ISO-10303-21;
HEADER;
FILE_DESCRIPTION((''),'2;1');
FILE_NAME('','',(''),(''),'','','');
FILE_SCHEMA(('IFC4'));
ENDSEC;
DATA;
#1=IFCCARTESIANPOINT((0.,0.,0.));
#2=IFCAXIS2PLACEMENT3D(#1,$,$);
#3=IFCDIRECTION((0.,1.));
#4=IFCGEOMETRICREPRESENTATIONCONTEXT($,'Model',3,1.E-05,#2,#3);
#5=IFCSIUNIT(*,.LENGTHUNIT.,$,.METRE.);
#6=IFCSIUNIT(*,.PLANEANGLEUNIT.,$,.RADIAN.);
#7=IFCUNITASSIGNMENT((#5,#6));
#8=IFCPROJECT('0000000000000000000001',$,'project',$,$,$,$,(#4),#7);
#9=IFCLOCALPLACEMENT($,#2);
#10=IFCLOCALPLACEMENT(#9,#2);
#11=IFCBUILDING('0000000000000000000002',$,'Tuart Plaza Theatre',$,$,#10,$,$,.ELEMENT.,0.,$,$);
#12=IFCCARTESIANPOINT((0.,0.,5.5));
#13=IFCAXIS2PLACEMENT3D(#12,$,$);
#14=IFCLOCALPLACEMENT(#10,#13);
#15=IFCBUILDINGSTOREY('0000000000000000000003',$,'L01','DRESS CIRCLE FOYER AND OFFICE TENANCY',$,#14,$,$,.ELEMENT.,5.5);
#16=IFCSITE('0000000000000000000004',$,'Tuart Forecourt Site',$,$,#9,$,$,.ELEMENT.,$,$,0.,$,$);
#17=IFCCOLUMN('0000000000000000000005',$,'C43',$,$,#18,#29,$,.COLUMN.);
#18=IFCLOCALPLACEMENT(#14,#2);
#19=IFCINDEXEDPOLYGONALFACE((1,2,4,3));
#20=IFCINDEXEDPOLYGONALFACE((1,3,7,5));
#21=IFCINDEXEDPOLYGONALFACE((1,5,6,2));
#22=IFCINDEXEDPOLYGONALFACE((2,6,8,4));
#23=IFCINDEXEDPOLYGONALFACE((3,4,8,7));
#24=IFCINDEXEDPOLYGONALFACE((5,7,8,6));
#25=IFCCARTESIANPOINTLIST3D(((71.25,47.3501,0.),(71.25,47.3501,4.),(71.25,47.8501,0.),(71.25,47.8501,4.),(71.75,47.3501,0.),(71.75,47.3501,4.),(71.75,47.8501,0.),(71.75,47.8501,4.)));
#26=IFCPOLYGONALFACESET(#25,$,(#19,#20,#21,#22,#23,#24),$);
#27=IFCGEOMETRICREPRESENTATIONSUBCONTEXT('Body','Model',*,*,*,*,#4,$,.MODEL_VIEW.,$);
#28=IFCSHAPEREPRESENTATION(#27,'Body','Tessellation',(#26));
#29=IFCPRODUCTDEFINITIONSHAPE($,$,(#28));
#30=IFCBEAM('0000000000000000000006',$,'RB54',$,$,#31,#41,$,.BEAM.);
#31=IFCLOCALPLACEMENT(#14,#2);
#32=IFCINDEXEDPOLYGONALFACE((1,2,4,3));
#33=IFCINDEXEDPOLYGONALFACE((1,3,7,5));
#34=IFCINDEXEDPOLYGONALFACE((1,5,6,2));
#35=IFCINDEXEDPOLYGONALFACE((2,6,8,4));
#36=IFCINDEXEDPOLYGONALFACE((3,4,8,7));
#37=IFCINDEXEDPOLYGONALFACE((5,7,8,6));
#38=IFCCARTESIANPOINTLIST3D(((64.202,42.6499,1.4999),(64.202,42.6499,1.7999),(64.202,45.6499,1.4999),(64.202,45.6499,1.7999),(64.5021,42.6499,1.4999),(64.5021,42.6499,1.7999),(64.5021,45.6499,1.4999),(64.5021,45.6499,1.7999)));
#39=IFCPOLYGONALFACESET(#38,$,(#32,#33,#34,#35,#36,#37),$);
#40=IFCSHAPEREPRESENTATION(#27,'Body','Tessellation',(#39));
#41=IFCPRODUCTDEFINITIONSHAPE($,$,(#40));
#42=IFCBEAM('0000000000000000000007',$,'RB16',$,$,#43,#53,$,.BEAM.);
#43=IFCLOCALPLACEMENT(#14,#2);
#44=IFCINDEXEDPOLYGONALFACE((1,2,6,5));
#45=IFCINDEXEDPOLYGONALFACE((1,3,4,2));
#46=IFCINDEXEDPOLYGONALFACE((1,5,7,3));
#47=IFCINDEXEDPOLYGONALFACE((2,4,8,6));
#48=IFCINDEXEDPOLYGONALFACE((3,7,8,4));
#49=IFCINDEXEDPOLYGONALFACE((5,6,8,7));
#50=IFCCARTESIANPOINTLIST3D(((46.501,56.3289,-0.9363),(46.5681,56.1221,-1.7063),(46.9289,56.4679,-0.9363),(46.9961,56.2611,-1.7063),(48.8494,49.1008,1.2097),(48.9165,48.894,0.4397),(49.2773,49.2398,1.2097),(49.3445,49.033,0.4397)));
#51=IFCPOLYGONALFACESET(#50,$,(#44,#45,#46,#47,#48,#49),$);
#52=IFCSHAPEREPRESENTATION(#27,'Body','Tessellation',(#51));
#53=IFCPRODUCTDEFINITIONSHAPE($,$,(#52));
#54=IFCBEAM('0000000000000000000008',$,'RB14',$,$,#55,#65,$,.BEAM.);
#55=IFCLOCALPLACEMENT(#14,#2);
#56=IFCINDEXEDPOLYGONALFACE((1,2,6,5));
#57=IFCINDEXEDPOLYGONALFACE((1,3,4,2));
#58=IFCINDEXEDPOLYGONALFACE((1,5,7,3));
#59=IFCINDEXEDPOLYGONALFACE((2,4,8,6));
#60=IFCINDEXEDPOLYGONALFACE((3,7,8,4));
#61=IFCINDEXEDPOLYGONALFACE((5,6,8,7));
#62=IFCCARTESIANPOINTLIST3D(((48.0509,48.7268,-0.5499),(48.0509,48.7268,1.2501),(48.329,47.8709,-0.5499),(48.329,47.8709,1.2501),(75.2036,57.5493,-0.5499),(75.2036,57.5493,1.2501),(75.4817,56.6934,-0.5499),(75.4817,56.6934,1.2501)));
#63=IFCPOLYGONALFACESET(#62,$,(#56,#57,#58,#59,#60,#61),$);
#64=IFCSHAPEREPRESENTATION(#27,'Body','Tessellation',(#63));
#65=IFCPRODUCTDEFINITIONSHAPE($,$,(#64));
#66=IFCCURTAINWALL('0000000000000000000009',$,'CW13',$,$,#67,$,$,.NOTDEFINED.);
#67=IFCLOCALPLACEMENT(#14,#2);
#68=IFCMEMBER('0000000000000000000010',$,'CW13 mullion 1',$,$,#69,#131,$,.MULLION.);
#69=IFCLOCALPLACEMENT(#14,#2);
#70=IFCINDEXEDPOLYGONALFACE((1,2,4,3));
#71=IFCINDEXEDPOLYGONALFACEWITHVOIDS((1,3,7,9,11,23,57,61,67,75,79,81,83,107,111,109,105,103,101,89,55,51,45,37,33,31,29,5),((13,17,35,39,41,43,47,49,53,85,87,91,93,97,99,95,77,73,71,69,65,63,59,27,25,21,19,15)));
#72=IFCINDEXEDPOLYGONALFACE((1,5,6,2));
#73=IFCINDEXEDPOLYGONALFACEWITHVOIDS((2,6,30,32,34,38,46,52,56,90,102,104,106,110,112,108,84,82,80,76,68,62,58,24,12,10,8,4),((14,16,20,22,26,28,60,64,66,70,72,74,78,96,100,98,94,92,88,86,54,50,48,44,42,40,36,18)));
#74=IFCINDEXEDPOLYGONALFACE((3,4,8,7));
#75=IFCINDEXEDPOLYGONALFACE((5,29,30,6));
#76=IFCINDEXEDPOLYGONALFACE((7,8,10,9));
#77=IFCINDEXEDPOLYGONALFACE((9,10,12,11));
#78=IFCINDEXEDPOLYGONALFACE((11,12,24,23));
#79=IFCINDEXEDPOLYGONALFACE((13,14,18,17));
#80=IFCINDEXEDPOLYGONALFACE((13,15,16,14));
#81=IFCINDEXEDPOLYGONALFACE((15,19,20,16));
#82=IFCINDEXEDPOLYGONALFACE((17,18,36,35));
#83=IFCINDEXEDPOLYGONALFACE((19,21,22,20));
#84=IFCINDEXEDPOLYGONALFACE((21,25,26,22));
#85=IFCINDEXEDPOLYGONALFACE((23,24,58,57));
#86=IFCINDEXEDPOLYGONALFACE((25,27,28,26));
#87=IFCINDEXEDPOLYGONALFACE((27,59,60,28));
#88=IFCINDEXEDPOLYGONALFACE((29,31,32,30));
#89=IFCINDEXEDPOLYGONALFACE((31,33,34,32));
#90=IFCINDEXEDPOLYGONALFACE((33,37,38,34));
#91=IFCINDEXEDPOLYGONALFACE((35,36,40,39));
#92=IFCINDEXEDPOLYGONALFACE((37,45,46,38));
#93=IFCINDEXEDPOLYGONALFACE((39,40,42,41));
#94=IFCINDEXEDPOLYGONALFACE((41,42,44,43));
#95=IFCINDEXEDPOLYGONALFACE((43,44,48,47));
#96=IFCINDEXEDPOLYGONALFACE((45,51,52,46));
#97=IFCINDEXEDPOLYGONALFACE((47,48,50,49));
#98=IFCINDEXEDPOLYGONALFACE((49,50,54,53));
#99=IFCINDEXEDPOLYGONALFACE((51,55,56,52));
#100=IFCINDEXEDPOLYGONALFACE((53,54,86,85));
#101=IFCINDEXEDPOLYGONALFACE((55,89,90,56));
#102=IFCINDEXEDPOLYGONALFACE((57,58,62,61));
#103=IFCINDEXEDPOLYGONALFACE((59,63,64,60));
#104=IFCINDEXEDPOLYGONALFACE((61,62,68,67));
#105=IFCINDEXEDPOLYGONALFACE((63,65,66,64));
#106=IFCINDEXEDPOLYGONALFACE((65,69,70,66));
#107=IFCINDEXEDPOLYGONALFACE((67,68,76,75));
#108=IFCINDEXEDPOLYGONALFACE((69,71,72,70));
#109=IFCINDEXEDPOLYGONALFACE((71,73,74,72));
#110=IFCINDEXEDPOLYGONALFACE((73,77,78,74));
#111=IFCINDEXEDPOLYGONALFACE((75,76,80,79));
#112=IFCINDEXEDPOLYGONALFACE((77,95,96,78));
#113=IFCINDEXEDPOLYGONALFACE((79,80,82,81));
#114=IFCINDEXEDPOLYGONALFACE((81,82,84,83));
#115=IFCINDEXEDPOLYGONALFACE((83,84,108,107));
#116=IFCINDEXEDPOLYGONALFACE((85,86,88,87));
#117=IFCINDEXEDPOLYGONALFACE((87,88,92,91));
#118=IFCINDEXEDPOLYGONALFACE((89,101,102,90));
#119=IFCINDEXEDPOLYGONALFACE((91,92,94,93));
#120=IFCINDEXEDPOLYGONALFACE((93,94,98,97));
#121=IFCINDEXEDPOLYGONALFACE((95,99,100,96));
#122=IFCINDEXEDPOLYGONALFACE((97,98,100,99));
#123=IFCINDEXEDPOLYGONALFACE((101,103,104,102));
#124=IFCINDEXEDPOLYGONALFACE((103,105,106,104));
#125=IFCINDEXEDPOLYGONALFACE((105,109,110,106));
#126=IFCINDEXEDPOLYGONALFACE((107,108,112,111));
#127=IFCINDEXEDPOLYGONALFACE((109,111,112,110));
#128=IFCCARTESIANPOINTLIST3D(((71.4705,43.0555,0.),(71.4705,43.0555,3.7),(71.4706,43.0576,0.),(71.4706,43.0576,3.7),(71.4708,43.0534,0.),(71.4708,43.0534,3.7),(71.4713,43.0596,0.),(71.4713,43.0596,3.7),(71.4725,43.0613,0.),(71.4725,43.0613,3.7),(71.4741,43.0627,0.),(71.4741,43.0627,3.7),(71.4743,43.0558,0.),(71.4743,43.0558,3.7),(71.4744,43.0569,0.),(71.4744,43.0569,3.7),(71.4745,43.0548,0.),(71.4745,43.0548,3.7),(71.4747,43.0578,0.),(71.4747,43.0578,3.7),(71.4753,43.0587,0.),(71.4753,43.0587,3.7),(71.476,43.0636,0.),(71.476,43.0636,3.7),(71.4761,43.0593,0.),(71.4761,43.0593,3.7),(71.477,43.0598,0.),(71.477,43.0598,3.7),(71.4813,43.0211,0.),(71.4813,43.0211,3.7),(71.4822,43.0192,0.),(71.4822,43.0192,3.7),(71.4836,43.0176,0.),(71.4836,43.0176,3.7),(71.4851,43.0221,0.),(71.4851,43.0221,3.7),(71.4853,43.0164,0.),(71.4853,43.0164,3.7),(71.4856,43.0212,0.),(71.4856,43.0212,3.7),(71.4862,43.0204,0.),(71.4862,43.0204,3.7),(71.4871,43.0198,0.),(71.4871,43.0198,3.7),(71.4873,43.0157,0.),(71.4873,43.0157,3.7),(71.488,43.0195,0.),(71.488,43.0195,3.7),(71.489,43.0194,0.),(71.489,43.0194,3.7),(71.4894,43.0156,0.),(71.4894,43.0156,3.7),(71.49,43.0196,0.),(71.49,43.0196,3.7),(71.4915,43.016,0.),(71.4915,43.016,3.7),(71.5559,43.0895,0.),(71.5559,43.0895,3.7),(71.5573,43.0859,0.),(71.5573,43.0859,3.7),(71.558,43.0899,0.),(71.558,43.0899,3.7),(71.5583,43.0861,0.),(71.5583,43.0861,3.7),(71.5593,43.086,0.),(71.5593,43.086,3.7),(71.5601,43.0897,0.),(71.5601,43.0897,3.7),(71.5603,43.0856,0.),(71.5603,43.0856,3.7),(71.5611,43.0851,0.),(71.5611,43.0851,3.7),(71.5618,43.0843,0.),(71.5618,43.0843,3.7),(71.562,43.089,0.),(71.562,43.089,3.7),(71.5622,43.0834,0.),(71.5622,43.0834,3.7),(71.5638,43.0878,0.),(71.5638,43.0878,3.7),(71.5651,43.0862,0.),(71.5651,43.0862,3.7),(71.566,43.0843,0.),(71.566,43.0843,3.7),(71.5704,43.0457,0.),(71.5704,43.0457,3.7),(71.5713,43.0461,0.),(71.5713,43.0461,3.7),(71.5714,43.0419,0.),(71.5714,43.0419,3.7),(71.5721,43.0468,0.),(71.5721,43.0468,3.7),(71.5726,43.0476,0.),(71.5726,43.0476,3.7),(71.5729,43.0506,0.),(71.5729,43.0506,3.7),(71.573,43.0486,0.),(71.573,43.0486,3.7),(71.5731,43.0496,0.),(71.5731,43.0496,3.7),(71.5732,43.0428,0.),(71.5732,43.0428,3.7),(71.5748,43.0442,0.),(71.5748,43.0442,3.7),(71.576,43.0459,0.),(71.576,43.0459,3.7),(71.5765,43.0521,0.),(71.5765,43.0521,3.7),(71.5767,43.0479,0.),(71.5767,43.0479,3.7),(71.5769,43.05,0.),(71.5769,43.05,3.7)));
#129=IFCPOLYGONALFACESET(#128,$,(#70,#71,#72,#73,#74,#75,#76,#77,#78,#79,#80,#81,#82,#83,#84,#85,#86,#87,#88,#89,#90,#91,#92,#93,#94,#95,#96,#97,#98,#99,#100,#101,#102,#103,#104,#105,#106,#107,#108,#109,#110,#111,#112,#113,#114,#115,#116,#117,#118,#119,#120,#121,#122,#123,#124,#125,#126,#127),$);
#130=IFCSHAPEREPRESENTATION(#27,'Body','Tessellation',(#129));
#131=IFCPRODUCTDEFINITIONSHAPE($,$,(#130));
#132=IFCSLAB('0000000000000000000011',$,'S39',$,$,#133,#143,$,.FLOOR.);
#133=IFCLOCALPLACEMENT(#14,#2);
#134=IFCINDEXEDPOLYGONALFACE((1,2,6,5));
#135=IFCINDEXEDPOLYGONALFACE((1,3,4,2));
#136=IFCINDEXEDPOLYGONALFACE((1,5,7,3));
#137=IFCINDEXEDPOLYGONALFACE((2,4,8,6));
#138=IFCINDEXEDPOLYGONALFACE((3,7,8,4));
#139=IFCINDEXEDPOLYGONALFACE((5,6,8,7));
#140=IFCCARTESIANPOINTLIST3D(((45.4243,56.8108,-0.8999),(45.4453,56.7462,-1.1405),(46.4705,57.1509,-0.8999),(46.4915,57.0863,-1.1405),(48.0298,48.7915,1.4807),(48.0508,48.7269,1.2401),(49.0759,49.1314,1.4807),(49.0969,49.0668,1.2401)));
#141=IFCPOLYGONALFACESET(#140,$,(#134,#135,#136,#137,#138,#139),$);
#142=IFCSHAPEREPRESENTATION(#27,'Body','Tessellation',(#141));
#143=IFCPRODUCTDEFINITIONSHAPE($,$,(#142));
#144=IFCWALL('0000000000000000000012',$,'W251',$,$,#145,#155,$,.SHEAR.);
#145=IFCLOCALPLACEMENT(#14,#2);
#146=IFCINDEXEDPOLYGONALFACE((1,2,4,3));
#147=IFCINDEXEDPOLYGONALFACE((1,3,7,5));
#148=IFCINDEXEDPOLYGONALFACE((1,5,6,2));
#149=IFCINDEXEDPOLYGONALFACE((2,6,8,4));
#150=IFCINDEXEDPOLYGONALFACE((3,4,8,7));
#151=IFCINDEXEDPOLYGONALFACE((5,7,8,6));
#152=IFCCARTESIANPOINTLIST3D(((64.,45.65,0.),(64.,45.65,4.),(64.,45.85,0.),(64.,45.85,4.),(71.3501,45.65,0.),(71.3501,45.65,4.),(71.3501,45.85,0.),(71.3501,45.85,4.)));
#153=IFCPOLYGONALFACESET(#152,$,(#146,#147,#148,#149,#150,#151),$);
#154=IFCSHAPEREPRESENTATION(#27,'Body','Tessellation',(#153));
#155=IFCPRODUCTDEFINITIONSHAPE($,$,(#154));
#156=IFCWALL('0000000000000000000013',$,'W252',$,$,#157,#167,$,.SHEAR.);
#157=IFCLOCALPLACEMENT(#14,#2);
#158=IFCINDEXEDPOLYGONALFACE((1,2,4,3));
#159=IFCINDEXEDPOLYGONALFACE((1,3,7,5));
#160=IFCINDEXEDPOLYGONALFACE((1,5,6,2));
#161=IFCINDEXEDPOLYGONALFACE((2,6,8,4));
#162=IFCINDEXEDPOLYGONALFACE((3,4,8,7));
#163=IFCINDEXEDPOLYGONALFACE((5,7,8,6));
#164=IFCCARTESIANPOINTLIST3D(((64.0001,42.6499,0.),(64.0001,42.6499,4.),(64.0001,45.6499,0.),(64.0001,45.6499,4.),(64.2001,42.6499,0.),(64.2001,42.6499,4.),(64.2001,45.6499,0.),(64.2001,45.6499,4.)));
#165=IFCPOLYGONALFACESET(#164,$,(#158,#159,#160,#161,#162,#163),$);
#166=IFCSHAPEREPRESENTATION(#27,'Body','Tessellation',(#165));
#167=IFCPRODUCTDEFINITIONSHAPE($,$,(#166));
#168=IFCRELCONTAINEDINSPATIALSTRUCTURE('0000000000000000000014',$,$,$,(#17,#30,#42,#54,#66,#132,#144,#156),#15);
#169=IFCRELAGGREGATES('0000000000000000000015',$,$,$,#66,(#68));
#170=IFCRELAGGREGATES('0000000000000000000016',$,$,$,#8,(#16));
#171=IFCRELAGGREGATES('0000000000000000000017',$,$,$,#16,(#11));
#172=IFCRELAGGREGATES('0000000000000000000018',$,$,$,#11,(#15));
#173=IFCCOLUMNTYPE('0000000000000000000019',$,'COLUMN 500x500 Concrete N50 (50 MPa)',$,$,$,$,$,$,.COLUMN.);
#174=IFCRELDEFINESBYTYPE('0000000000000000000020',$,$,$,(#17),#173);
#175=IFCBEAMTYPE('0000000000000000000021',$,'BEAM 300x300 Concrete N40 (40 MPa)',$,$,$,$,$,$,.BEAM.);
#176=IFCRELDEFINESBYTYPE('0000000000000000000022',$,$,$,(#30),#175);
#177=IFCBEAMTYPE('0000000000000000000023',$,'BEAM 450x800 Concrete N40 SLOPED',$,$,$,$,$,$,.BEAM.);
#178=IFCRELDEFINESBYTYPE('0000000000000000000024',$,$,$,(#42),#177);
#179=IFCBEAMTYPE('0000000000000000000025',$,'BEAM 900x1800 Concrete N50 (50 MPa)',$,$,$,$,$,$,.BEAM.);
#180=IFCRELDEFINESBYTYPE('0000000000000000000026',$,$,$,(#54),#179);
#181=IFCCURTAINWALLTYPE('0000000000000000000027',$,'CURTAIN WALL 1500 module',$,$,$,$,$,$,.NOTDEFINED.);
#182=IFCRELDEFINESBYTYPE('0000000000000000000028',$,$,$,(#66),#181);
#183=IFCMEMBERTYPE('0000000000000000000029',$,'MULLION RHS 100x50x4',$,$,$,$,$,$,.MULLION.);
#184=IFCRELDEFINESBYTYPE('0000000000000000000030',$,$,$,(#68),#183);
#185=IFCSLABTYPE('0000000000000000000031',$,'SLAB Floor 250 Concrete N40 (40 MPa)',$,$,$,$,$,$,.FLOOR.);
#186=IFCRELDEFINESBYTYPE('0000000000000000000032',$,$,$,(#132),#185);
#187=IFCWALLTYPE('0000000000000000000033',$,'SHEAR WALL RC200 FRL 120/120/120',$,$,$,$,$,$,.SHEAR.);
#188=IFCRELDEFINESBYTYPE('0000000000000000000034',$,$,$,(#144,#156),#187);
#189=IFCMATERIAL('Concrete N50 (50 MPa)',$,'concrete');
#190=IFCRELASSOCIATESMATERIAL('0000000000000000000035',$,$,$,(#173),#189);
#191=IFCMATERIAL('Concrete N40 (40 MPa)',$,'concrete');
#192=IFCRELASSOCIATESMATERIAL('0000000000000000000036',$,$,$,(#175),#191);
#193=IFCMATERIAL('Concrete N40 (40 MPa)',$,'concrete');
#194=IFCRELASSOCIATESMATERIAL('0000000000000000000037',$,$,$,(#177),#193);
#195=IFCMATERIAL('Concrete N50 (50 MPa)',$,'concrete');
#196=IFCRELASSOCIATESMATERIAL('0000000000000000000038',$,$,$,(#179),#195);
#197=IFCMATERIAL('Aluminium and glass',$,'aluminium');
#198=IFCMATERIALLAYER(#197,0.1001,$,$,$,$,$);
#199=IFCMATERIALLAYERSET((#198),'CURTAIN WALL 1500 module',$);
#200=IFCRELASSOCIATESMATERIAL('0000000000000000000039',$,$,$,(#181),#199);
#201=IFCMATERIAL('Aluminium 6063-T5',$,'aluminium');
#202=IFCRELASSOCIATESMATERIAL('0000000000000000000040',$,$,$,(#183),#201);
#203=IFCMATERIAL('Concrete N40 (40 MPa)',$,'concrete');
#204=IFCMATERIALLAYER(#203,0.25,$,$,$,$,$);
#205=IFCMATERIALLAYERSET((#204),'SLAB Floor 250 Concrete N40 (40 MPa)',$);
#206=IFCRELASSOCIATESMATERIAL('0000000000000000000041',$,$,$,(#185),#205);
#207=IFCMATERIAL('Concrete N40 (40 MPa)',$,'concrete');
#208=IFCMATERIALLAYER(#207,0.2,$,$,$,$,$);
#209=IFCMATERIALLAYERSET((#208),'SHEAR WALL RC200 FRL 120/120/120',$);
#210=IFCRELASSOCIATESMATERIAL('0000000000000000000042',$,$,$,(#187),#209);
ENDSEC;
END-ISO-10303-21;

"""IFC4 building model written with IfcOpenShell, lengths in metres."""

from ifc_helpers import new_model, si_unit, direction, frame, frame_2d, origin, origin_2d, place, context, subcontext, project, spatial, polyline, rectangle, hollow_rectangle, outline, extrude, material, layer, layer_set, material_profile, profile_set, type_object, element, aggregate, save


model = new_model("IFC4")

# Units and contexts
model_context = context("Model", 3, precision=1e-05, world=origin(), true_north=direction((0.0, 1.0)))
body_context = subcontext(model_context, "Body", "Model", "MODEL_VIEW")
ifc_project = project(units=[si_unit("LENGTHUNIT", "METRE"), si_unit("PLANEANGLEUNIT", "RADIAN")], contexts=[model_context])

# Site, building, storey
site_placement = place(None, origin())
site = spatial("IfcSite", under=ifc_project, at=site_placement, Name="Tuart Forecourt Site", CompositionType="ELEMENT", RefElevation=0.0)
building_placement = place(site_placement, origin())
building = spatial("IfcBuilding", under=site, at=building_placement, Name="Tuart Plaza Theatre", CompositionType="ELEMENT", ElevationOfRefHeight=0.0)
storey_placement = place(building_placement, frame((0.0, 0.0, 5.5)))
storey = spatial("IfcBuildingStorey", under=building, at=storey_placement, Name="L01", Description="DRESS CIRCLE FOYER AND OFFICE TENANCY", CompositionType="ELEMENT", Elevation=5.5)

# Column
ifc_material_1 = material(Name="Concrete N50 (50 MPa)", Category="concrete")
ifc_material_profile_1 = material_profile(ifc_material_1, rectangle(XDim=0.5, YDim=0.5, at=origin_2d()), Name="COLUMN 500x500 Concrete N50 (50 MPa)")
ifc_profile_set_1 = profile_set([ifc_material_profile_1], Name="Concrete N50 (50 MPa)")
column_type = type_object("IfcColumnType", Name="COLUMN 500x500 Concrete N50 (50 MPa)", PredefinedType="COLUMN", material=ifc_profile_set_1)
column_placement = place(storey_placement, frame((71.5, 47.6001, 0.0), z_axis=(0.0, 0.0, 1.0), x_axis=(1.0, 0.0, 0.0)))
element("IfcColumn", 1, at=column_placement, inside=storey, type_object=column_type, Name="C43", PredefinedType="COLUMN", context=body_context, shape_type="SweptSolid", body=[
    extrude(rectangle(XDim=0.5, YDim=0.5, at=origin_2d()), origin(), (0.0, 0.0, 1.0), 4.0),
])

# Beams
ifc_material_2 = material(Name="Concrete N40 (40 MPa)", Category="concrete")
ifc_material_profile_2 = material_profile(ifc_material_2, rectangle(XDim=0.3, YDim=0.3, at=origin_2d()), Name="BEAM 300x300 Concrete N40 (40 MPa)")
ifc_profile_set_2 = profile_set([ifc_material_profile_2], Name="Concrete N40 (40 MPa)")
beam_type_1 = type_object("IfcBeamType", Name="BEAM 300x300 Concrete N40 (40 MPa)", PredefinedType="BEAM", material=ifc_profile_set_2)
beam_1_placement = place(storey_placement, frame((64.3521, 45.6499, 1.6499), z_axis=(0.0, -1.0, 0.0), x_axis=(1.0, 0.0, 0.0)))
element("IfcBeam", 2, at=beam_1_placement, inside=storey, type_object=beam_type_1, Name="RB54", PredefinedType="BEAM", context=body_context, shape_type="SweptSolid", body=[
    extrude(rectangle(XDim=0.3, YDim=0.3, at=origin_2d()), origin(), (0.0, 0.0, 1.0), 3.0),
])
ifc_material_3 = material(Name="Concrete N40 (40 MPa)", Category="concrete")
ifc_material_profile_3 = material_profile(ifc_material_3, rectangle(XDim=0.45, YDim=0.8, at=origin_2d()), Name="BEAM 450x800 Concrete N40 SLOPED")
ifc_profile_set_3 = profile_set([ifc_material_profile_3], Name="Concrete N40 (40 MPa)")
beam_type_2 = type_object("IfcBeamType", Name="BEAM 450x800 Concrete N40 SLOPED", PredefinedType="BEAM", material=ifc_profile_set_3)
beam_2_placement = place(storey_placement, frame((49.0969, 49.0669, 0.8247), z_axis=(-0.297373, 0.915273, -0.271744), x_axis=(-0.951062, -0.309, 0.0)))
element("IfcBeam", 3, at=beam_2_placement, inside=storey, type_object=beam_type_2, Name="RB16", PredefinedType="BEAM", context=body_context, shape_type="SweptSolid", body=[
    extrude(rectangle(XDim=0.45, YDim=0.8, at=origin_2d()), origin(), (0.0, 0.0, 1.0), 7.8972),
])
ifc_material_4 = material(Name="Concrete N50 (50 MPa)", Category="concrete")
ifc_material_profile_4 = material_profile(ifc_material_4, rectangle(XDim=0.8999, YDim=1.8, at=origin_2d()), Name="BEAM 900x1800 Concrete N50 (50 MPa)")
ifc_profile_set_4 = profile_set([ifc_material_profile_4], Name="Concrete N50 (50 MPa)")
beam_type_3 = type_object("IfcBeamType", Name="BEAM 900x1800 Concrete N50 (50 MPa)", PredefinedType="BEAM", material=ifc_profile_set_4)
beam_3_placement = place(storey_placement, frame((48.1899, 48.2988, 0.3501), z_axis=(0.951055, 0.30902, 0.0), x_axis=(-0.30902, 0.951055, 0.0)))
element("IfcBeam", 4, at=beam_3_placement, inside=storey, type_object=beam_type_3, Name="RB14", PredefinedType="BEAM", context=body_context, shape_type="SweptSolid", body=[
    extrude(rectangle(XDim=0.8999, YDim=1.8, at=origin_2d()), origin(), (0.0, 0.0, 1.0), 28.55),
])

# Curtain wall, member
ifc_material_5 = material(Name="Aluminium and glass", Category="aluminium")
ifc_layer_1 = layer(ifc_material_5, 0.1001)
ifc_layer_set_1 = layer_set([ifc_layer_1], Name="CURTAIN WALL 1500 module")
curtain_wall_type = type_object("IfcCurtainWallType", Name="CURTAIN WALL 1500 module", PredefinedType="NOTDEFINED", material=ifc_layer_set_1)
curtain_wall_placement = place(storey_placement, origin())
curtain_wall = element("IfcCurtainWall", 5, at=curtain_wall_placement, inside=storey, type_object=curtain_wall_type, Name="CW13", PredefinedType="NOTDEFINED")
ifc_material_6 = material(Name="Aluminium 6063-T5", Category="aluminium")
ifc_material_profile_5 = material_profile(ifc_material_6, hollow_rectangle(XDim=0.05, YDim=0.1001, WallThickness=0.0039, InnerFilletRadius=0.0039, OuterFilletRadius=0.0081, at=origin_2d()), Name="RHS 100x50x4")
ifc_profile_set_5 = profile_set([ifc_material_profile_5], Name="Aluminium 6063-T5")
member_type = type_object("IfcMemberType", Name="MULLION RHS 100x50x4", PredefinedType="MULLION", material=ifc_profile_set_5)
member_placement = place(storey_placement, frame((71.5237, 43.0527, 0.0), z_axis=(0.0, 0.0, 1.0), x_axis=(-0.308986, 0.951067, 0.0)))
member = element("IfcMember", 6, at=member_placement, type_object=member_type, Name="CW13 mullion 1", PredefinedType="MULLION", context=body_context, shape_type="SweptSolid", body=[
    extrude(hollow_rectangle(XDim=0.05, YDim=0.1001, WallThickness=0.0039, InnerFilletRadius=0.0039, OuterFilletRadius=0.0081, at=origin_2d()), origin(), (0.0, 0.0, 1.0), 3.7),
])
aggregate(curtain_wall, [member])

# Slab
ifc_material_7 = material(Name="Concrete N40 (40 MPa)", Category="concrete")
ifc_layer_2 = layer(ifc_material_7, 0.25)
ifc_layer_set_2 = layer_set([ifc_layer_2], Name="SLAB Floor 250 Concrete N40 (40 MPa)")
slab_type = type_object("IfcSlabType", Name="SLAB Floor 250 Concrete N40 (40 MPa)", PredefinedType="FLOOR", material=ifc_layer_set_2)
slab_placement = place(storey_placement, frame((48.0298, 48.7915, 1.4807), z_axis=(-0.083974, 0.258406, 0.96238), x_axis=(0.951072, 0.308968, 0.000028)))
element("IfcSlab", 7, at=slab_placement, inside=storey, type_object=slab_type, Name="S39", PredefinedType="FLOOR", context=body_context, shape_type="SweptSolid", body=[
    extrude(outline(polyline([(0.0, 0.0), (1.1, 0.0), (1.0997, 8.7618), (-0.0004, 8.7616), (0.0, 0.0)])), origin(), (0.0, 0.0, -1.0), 0.25),
])

# Walls
ifc_material_8 = material(Name="Concrete N40 (40 MPa)", Category="concrete")
ifc_layer_3 = layer(ifc_material_8, 0.2)
ifc_layer_set_3 = layer_set([ifc_layer_3], Name="SHEAR WALL RC200 FRL 120/120/120")
wall_type_1 = type_object("IfcWallType", Name="SHEAR WALL RC200 FRL 120/120/120", PredefinedType="SHEAR", material=ifc_layer_set_3)
wall_1_placement = place(storey_placement, frame((71.3501, 45.75, 0.0), z_axis=(0.0, 0.0, 1.0), x_axis=(-1.0, 0.0, 0.0)))
element("IfcWall", 8, at=wall_1_placement, inside=storey, type_object=wall_type_1, Name="W251", PredefinedType="SHEAR", context=body_context, shape_type="SweptSolid", body=[
    extrude(rectangle(XDim=7.3501, YDim=0.2, at=frame_2d((3.675, 0.0))), origin(), (0.0, 0.0, 1.0), 4.0),
])
wall_2_placement = place(storey_placement, frame((64.1001, 45.6499, 0.0), z_axis=(0.0, 0.0, 1.0), x_axis=(0.0, -1.0, 0.0)))
element("IfcWall", 9, at=wall_2_placement, inside=storey, type_object=wall_type_1, Name="W252", PredefinedType="SHEAR", context=body_context, shape_type="SweptSolid", body=[
    extrude(rectangle(XDim=3.0, YDim=0.2, at=frame_2d((1.5, 0.0))), origin(), (0.0, 0.0, 1.0), 4.0),
])

save(model, "model.ifc")
